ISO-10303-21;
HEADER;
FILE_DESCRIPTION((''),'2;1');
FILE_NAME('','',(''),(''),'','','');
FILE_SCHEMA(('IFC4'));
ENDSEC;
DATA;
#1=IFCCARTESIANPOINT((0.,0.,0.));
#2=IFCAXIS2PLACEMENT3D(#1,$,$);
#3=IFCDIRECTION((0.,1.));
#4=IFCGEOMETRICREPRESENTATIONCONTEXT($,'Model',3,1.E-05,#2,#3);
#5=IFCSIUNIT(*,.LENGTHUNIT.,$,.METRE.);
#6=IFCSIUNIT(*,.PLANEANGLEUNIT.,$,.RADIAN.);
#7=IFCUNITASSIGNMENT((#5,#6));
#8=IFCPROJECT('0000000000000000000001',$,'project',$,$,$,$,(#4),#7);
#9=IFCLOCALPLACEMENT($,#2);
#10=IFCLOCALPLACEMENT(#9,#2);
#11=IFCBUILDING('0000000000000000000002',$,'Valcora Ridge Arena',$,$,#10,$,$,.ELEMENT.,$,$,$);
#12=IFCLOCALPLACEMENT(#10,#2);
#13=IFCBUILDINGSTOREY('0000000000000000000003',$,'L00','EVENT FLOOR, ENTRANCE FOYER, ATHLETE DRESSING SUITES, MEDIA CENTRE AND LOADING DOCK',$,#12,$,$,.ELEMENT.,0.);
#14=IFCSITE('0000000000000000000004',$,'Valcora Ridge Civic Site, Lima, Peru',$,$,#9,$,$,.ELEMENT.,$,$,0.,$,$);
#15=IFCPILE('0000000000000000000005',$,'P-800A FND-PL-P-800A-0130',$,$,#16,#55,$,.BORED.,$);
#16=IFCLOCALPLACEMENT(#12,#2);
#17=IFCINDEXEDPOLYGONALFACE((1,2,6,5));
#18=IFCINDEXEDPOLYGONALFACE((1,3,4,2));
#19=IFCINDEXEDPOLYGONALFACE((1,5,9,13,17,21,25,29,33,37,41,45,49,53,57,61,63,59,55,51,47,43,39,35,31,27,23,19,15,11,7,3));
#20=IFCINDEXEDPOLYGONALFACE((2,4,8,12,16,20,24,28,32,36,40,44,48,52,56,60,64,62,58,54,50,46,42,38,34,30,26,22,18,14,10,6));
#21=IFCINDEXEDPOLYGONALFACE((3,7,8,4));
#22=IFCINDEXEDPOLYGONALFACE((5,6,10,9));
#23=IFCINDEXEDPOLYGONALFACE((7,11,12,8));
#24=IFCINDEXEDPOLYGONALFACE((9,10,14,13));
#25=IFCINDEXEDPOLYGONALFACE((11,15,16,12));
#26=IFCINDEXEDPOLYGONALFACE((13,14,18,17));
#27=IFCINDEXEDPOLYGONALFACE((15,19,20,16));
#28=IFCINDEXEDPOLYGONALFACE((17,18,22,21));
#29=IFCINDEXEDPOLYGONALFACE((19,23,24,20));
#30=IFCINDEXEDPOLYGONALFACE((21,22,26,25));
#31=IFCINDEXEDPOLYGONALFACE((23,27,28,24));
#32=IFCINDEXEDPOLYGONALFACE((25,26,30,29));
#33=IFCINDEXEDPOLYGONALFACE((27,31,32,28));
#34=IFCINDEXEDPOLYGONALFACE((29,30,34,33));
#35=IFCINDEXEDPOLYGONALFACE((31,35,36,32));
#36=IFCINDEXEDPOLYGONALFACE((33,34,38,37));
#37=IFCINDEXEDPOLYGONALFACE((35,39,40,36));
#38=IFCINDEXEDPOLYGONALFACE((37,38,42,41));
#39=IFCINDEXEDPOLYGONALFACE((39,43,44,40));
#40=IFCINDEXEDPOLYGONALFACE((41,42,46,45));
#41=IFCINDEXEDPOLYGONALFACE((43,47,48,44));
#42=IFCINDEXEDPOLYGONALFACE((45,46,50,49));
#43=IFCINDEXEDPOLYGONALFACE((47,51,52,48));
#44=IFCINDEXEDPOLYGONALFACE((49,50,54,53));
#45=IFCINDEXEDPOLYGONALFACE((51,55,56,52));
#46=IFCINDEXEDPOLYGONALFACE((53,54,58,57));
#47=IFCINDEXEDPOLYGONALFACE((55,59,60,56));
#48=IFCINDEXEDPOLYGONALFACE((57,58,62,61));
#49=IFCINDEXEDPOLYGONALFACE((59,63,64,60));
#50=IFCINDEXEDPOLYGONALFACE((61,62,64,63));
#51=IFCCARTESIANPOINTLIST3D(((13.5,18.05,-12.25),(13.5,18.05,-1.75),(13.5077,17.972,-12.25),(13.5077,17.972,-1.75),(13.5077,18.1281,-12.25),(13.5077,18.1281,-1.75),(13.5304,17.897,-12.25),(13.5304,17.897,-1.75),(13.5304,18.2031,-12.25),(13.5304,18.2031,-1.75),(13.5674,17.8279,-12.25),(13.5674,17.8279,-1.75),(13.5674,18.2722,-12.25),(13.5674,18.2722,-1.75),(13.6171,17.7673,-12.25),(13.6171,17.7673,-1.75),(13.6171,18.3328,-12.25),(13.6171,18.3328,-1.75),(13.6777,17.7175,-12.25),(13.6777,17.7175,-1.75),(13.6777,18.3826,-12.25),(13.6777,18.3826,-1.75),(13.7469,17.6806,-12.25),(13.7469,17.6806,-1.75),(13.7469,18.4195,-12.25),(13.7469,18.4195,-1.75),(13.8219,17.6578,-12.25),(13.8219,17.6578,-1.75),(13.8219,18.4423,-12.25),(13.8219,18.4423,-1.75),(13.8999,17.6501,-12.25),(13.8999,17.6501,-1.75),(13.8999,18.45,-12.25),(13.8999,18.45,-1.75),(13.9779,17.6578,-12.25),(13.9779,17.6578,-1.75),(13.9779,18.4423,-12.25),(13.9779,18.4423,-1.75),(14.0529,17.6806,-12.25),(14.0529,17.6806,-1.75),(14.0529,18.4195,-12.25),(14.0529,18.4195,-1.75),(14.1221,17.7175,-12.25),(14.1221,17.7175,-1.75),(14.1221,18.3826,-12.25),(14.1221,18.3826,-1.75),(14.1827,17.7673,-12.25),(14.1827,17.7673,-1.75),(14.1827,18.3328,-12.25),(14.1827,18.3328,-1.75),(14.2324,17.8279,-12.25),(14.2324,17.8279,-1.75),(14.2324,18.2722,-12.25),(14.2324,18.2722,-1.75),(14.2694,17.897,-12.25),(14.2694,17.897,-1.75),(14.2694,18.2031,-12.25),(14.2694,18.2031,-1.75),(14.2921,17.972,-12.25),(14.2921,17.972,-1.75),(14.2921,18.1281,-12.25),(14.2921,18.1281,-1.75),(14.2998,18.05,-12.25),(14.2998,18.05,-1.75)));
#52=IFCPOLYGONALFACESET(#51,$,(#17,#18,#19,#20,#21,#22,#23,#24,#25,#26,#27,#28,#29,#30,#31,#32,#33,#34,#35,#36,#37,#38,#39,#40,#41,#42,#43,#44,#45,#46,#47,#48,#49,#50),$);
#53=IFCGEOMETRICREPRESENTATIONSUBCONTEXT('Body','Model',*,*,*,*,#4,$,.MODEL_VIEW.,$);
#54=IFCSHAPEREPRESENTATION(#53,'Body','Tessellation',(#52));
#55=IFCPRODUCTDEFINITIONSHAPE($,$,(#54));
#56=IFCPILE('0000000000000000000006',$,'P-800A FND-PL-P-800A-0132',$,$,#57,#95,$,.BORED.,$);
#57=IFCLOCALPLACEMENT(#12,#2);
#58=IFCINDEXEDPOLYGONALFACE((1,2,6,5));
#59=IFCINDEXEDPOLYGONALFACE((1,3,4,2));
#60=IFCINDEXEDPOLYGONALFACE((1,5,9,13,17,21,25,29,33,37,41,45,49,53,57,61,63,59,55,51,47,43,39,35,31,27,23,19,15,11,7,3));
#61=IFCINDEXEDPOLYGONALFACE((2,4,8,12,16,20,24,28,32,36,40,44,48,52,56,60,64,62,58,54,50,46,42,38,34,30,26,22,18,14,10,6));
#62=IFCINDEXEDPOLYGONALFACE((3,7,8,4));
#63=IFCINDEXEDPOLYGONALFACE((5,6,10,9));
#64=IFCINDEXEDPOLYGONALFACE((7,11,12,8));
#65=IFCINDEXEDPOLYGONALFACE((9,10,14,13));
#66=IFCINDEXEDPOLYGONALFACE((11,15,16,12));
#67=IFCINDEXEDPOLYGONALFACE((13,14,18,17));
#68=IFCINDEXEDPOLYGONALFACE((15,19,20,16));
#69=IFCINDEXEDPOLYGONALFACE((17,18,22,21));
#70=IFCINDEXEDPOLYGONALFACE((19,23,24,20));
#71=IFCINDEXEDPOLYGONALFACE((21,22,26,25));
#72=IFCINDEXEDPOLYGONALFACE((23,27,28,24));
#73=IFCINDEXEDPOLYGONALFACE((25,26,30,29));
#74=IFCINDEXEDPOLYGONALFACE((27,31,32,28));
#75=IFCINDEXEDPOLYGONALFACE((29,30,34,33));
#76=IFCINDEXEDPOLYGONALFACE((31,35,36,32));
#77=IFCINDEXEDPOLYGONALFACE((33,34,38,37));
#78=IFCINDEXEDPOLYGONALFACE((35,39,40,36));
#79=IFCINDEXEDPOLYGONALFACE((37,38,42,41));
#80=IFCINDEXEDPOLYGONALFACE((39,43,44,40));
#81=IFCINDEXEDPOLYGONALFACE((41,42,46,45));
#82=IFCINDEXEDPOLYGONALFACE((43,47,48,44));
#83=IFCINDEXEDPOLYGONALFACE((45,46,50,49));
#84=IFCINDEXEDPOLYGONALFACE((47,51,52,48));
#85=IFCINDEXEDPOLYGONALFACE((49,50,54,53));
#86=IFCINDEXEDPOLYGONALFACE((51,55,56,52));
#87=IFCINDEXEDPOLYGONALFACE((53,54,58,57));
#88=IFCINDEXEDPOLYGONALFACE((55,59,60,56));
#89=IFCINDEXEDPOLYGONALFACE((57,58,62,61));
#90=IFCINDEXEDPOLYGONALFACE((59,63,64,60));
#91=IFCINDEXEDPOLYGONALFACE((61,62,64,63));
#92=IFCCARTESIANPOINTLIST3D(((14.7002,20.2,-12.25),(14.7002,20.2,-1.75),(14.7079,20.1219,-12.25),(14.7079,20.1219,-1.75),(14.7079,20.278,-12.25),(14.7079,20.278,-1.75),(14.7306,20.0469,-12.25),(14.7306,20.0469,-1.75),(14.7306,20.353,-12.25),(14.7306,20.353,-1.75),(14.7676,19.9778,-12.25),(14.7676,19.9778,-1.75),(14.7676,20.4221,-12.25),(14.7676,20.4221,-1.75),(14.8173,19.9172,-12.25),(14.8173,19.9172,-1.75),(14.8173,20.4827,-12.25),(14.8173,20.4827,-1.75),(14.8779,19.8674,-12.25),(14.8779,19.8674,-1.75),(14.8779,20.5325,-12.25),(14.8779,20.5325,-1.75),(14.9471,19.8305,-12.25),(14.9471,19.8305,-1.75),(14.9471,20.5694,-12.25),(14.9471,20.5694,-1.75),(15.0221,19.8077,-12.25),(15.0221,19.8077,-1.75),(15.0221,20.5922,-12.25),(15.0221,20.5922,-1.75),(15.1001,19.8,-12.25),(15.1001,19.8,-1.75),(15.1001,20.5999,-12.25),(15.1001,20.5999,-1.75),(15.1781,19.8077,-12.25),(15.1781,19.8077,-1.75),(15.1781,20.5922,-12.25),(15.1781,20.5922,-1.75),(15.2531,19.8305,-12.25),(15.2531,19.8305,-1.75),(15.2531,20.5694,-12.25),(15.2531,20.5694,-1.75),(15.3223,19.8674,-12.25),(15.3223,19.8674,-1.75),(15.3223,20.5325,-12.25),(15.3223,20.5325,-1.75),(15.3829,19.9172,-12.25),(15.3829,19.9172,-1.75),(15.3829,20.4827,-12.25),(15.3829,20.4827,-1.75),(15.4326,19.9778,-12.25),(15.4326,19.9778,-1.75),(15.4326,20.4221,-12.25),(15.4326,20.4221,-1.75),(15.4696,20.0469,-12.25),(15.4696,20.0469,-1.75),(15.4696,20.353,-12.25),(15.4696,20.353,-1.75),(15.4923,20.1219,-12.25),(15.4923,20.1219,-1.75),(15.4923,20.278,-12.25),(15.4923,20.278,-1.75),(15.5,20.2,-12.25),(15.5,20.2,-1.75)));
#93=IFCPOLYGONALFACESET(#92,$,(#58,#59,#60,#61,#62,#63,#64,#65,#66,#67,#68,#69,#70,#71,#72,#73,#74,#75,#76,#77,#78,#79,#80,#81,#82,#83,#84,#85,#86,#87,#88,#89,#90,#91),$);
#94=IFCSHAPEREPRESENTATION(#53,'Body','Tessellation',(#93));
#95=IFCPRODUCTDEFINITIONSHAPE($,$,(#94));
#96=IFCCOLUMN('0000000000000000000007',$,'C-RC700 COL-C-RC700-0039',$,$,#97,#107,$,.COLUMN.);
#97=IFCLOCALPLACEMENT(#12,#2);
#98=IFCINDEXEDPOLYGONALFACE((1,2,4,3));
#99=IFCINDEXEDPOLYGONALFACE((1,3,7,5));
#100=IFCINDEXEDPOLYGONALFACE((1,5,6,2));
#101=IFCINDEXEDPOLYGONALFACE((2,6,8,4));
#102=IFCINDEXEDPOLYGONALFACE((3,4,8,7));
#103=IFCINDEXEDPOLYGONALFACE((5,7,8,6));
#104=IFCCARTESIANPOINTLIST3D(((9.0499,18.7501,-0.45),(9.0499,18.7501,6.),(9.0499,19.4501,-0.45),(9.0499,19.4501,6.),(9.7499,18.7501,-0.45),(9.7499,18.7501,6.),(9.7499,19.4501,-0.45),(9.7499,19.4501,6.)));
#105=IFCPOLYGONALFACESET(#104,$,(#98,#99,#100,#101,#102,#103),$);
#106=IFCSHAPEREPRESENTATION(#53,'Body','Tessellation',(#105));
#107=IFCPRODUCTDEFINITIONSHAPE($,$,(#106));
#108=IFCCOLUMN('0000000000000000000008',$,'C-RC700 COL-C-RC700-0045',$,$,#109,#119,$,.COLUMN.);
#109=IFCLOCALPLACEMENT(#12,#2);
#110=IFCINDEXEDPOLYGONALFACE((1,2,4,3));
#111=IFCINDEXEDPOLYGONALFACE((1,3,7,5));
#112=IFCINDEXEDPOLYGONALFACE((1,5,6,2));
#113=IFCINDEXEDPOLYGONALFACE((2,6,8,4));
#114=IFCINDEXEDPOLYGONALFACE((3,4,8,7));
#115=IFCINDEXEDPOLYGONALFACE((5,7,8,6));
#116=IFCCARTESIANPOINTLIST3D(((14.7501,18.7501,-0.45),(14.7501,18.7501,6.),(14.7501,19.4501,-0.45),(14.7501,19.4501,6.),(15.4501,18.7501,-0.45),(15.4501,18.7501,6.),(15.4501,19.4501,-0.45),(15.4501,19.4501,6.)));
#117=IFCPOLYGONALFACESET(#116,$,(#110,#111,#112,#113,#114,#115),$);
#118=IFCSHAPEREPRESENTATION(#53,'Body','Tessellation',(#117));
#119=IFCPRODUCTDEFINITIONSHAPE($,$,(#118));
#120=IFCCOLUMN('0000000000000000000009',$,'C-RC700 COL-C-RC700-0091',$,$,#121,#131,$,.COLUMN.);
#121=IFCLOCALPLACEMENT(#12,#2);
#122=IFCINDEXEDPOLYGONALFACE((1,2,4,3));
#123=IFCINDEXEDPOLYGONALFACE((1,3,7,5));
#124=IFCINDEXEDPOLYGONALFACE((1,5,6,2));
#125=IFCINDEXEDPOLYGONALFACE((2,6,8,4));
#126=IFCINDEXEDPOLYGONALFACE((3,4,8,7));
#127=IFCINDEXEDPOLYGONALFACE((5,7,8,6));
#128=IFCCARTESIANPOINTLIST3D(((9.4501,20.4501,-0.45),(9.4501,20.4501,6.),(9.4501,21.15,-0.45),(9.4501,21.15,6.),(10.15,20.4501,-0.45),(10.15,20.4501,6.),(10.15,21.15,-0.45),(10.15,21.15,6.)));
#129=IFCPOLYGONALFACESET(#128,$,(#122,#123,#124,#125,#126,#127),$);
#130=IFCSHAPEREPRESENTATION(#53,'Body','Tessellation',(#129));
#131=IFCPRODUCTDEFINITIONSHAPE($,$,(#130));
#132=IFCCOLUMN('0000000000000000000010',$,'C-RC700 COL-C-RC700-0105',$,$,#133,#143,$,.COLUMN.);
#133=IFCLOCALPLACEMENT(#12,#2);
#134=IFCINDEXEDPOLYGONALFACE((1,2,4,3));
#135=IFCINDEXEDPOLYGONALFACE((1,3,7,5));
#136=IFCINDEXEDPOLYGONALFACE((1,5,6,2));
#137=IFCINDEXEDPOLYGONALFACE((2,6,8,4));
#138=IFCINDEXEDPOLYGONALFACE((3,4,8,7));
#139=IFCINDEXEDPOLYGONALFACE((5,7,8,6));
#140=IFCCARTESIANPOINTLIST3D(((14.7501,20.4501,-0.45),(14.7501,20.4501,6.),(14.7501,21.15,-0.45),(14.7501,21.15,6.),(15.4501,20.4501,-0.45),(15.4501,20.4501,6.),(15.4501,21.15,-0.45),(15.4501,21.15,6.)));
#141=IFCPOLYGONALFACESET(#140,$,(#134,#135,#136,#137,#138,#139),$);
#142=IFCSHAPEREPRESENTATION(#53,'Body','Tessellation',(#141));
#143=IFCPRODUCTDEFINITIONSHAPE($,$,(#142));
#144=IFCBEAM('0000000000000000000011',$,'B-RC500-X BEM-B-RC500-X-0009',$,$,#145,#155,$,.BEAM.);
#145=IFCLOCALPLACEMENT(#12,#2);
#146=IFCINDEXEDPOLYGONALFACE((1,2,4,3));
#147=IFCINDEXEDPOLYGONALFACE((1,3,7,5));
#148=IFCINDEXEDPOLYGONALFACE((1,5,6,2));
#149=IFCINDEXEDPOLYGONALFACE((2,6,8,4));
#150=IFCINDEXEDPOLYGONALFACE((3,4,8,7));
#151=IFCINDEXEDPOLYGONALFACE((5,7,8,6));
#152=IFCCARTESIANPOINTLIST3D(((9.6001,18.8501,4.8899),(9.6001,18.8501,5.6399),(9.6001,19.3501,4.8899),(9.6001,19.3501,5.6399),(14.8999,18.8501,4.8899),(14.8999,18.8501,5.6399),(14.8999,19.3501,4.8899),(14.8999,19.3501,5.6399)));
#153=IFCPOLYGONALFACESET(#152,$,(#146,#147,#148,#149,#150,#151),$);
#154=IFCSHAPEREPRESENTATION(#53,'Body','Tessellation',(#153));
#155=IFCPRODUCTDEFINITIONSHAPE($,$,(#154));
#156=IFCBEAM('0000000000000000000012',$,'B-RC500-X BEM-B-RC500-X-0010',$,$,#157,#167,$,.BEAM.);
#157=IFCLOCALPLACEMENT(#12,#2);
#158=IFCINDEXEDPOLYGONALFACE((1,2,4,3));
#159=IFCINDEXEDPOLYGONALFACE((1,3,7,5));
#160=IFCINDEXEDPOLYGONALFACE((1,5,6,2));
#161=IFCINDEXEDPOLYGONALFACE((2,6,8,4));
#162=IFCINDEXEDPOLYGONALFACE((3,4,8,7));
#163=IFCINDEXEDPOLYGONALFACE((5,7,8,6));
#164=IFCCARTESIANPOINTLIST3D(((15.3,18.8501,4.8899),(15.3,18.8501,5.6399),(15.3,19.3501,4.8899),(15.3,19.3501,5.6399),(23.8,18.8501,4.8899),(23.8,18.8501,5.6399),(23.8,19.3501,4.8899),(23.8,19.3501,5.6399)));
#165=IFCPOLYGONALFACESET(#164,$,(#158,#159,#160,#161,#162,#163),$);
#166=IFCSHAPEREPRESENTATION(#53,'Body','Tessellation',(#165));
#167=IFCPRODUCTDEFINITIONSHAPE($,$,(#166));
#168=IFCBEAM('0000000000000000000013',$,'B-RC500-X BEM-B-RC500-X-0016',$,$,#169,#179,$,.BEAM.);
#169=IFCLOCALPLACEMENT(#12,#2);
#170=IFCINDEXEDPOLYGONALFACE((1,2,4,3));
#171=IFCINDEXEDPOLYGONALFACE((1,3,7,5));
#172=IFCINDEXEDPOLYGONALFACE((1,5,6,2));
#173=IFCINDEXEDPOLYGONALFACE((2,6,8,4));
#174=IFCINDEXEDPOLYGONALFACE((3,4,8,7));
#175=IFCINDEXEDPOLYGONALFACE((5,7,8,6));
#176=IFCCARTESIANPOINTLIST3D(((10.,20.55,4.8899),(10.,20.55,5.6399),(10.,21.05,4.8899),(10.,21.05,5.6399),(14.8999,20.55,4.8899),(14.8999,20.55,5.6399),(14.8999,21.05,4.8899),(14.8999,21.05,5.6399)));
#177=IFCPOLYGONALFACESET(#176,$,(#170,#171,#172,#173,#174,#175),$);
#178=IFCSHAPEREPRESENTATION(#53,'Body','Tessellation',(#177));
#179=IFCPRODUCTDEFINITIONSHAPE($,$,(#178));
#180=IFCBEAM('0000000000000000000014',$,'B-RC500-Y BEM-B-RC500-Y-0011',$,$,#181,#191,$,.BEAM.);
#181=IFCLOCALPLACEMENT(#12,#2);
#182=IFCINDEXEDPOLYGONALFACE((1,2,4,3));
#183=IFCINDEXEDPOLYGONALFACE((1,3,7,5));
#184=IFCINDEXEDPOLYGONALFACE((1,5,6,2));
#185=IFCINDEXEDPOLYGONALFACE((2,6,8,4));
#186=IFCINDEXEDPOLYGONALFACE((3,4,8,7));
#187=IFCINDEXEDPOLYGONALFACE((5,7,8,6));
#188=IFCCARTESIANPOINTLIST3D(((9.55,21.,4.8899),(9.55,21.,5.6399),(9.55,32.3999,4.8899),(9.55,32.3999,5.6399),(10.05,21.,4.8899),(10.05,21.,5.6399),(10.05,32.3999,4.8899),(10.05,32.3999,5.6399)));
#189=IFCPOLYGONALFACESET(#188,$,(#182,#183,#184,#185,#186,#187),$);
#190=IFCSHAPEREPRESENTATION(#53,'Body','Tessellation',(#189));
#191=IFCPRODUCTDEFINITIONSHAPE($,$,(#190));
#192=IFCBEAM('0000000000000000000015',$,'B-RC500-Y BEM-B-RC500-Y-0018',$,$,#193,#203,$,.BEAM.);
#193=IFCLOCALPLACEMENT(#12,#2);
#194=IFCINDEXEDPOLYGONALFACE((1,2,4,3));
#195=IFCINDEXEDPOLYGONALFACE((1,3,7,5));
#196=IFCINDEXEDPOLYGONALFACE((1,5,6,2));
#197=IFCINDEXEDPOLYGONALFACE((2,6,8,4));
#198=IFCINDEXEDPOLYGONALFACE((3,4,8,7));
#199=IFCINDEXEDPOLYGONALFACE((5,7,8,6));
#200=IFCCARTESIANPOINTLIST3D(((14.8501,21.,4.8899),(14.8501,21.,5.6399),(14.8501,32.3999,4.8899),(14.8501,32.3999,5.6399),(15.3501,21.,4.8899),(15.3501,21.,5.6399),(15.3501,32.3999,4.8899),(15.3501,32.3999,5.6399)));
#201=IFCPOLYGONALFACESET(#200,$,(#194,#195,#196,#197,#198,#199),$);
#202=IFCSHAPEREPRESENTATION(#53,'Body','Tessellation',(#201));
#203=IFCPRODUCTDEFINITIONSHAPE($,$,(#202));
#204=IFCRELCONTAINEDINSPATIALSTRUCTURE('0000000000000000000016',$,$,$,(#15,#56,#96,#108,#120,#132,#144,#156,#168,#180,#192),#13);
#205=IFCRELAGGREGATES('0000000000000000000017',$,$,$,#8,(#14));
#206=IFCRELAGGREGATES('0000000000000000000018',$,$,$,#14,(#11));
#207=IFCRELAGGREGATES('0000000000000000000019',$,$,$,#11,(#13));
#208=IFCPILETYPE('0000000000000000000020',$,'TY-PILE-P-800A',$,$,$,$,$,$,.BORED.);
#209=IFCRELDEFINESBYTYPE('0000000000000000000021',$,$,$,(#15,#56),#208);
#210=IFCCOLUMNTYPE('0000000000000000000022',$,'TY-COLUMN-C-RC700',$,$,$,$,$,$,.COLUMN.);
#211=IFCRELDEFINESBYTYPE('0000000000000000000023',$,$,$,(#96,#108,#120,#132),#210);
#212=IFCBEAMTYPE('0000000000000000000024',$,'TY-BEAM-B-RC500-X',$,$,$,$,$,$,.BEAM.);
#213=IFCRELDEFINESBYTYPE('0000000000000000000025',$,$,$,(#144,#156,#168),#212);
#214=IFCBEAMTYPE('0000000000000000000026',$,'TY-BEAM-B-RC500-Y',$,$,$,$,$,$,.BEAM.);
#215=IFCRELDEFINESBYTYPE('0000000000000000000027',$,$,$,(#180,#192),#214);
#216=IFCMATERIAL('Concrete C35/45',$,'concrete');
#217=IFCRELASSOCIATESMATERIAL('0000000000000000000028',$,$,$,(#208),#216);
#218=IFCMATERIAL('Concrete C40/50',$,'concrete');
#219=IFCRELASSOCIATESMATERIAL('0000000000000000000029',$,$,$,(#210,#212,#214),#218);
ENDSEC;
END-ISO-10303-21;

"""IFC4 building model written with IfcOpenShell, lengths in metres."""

from ifc_helpers import new_model, si_unit, direction, frame, origin, origin_2d, place, context, subcontext, project, spatial, rectangle, circle, extrude, material, material_profile, profile_set, type_object, element, save


model = new_model("IFC4")

# Units and contexts
model_context = context("Model", 3, precision=1e-05, world=origin(), true_north=direction((0.0, 1.0)))
body_context = subcontext(model_context, "Body", "Model", "MODEL_VIEW")
ifc_project = project(units=[si_unit("LENGTHUNIT", "METRE"), si_unit("PLANEANGLEUNIT", "RADIAN")], contexts=[model_context])

# Site, building, storey
site_placement = place(None, origin())
site = spatial("IfcSite", under=ifc_project, at=site_placement, Name="Valcora Ridge Civic Site, Lima, Peru", CompositionType="ELEMENT", RefElevation=0.0)
building_placement = place(site_placement, origin())
building = spatial("IfcBuilding", under=site, at=building_placement, Name="Valcora Ridge Arena", CompositionType="ELEMENT")
storey_placement = place(building_placement, origin())
storey = spatial("IfcBuildingStorey", under=building, at=storey_placement, Name="L00", Description="EVENT FLOOR, ENTRANCE FOYER, ATHLETE DRESSING SUITES, MEDIA CENTRE AND LOADING DOCK", CompositionType="ELEMENT", Elevation=0.0)

# Shared definitions
ifc_material_1 = material(Name="Concrete C40/50", Category="concrete")

# Piles
ifc_material_2 = material(Name="Concrete C35/45", Category="concrete")
ifc_material_profile_1 = material_profile(ifc_material_2, circle(Radius=0.3999, at=origin_2d()), Name="BORED PILE D800")
ifc_profile_set_1 = profile_set([ifc_material_profile_1], Name="Concrete C35/45")
pile_type = type_object("IfcPileType", Name="TY-PILE-P-800A", PredefinedType="BORED", material=ifc_profile_set_1)
for number, where, z_axis, x_axis, name in (
    (1, (13.8999, 18.05, -1.75), (0.0, 0.0, -1.0), (1.0, 0.0, 0.0), "P-800A FND-PL-P-800A-0130"),
    (2, (15.1001, 20.2, -1.75), (0.0, 0.0, -1.0), (1.0, 0.0, 0.0), "P-800A FND-PL-P-800A-0132"),
):
    element("IfcPile", number, at=place(storey_placement, frame(where, z_axis=z_axis, x_axis=x_axis)), inside=storey, type_object=pile_type, Name=name, PredefinedType="BORED", context=body_context, shape_type="SweptSolid", body=[
        extrude(circle(Radius=0.3999, at=origin_2d()), origin(), (0.0, 0.0, 1.0), 10.5),
    ])

# Columns
ifc_material_profile_2 = material_profile(ifc_material_1, rectangle(XDim=0.7, YDim=0.7, at=origin_2d()), Name="RC 700x700")
ifc_profile_set_2 = profile_set([ifc_material_profile_2], Name="Concrete C40/50")
column_type = type_object("IfcColumnType", Name="TY-COLUMN-C-RC700", PredefinedType="COLUMN", material=ifc_profile_set_2)
for number, where, z_axis, x_axis, name in (
    (3, (9.3999, 19.1001, -0.45), (0.0, 0.0, 1.0), (1.0, 0.0, 0.0), "C-RC700 COL-C-RC700-0039"),
    (4, (15.1001, 19.1001, -0.45), (0.0, 0.0, 1.0), (1.0, 0.0, 0.0), "C-RC700 COL-C-RC700-0045"),
    (5, (9.8, 20.8, -0.45), (0.0, 0.0, 1.0), (1.0, 0.0, 0.0), "C-RC700 COL-C-RC700-0091"),
    (6, (15.1001, 20.8, -0.45), (0.0, 0.0, 1.0), (1.0, 0.0, 0.0), "C-RC700 COL-C-RC700-0105"),
):
    element("IfcColumn", number, at=place(storey_placement, frame(where, z_axis=z_axis, x_axis=x_axis)), inside=storey, type_object=column_type, Name=name, PredefinedType="COLUMN", context=body_context, shape_type="SweptSolid", body=[
        extrude(rectangle(XDim=0.7, YDim=0.7, at=origin_2d()), origin(), (0.0, 0.0, 1.0), 6.45),
    ])

# Beams
ifc_material_profile_3 = material_profile(ifc_material_1, rectangle(XDim=0.5, YDim=0.75, at=origin_2d()), Name="RC 500x750")
ifc_profile_set_3 = profile_set([ifc_material_profile_3], Name="Concrete C40/50")
beam_type_1 = type_object("IfcBeamType", Name="TY-BEAM-B-RC500-X", PredefinedType="BEAM", material=ifc_profile_set_3)
beam_1_placement = place(storey_placement, frame((9.6001, 19.1001, 5.2649), z_axis=(1.0, 0.0, 0.0), x_axis=(0.0, 1.0, 0.0)))
element("IfcBeam", 7, at=beam_1_placement, inside=storey, type_object=beam_type_1, Name="B-RC500-X BEM-B-RC500-X-0009", PredefinedType="BEAM", context=body_context, shape_type="SweptSolid", body=[
    extrude(rectangle(XDim=0.5, YDim=0.75, at=origin_2d()), origin(), (0.0, 0.0, 1.0), 5.2998),
])
beam_2_placement = place(storey_placement, frame((15.3, 19.1001, 5.2649), z_axis=(1.0, 0.0, 0.0), x_axis=(0.0, 1.0, 0.0)))
element("IfcBeam", 8, at=beam_2_placement, inside=storey, type_object=beam_type_1, Name="B-RC500-X BEM-B-RC500-X-0010", PredefinedType="BEAM", context=body_context, shape_type="SweptSolid", body=[
    extrude(rectangle(XDim=0.5, YDim=0.75, at=origin_2d()), origin(), (0.0, 0.0, 1.0), 8.5),
])
beam_3_placement = place(storey_placement, frame((10.0, 20.8, 5.2649), z_axis=(1.0, 0.0, 0.0), x_axis=(0.0, 1.0, 0.0)))
element("IfcBeam", 9, at=beam_3_placement, inside=storey, type_object=beam_type_1, Name="B-RC500-X BEM-B-RC500-X-0016", PredefinedType="BEAM", context=body_context, shape_type="SweptSolid", body=[
    extrude(rectangle(XDim=0.5, YDim=0.75, at=origin_2d()), origin(), (0.0, 0.0, 1.0), 4.8999),
])
ifc_material_profile_4 = material_profile(ifc_material_1, rectangle(XDim=0.5, YDim=0.75, at=origin_2d()), Name="RC 500x750")
ifc_profile_set_4 = profile_set([ifc_material_profile_4], Name="Concrete C40/50")
beam_type_2 = type_object("IfcBeamType", Name="TY-BEAM-B-RC500-Y", PredefinedType="BEAM", material=ifc_profile_set_4)
for number, where, z_axis, x_axis, name in (
    (10, (9.8, 21.0, 5.2649), (0.0, 1.0, 0.0), (-1.0, 0.0, 0.0), "B-RC500-Y BEM-B-RC500-Y-0011"),
    (11, (15.1001, 21.0, 5.2649), (0.0, 1.0, 0.0), (-1.0, 0.0, 0.0), "B-RC500-Y BEM-B-RC500-Y-0018"),
):
    element("IfcBeam", number, at=place(storey_placement, frame(where, z_axis=z_axis, x_axis=x_axis)), inside=storey, type_object=beam_type_2, Name=name, PredefinedType="BEAM", context=body_context, shape_type="SweptSolid", body=[
        extrude(rectangle(XDim=0.5, YDim=0.75, at=origin_2d()), origin(), (0.0, 0.0, 1.0), 11.3999),
    ])

save(model, "model.ifc")
